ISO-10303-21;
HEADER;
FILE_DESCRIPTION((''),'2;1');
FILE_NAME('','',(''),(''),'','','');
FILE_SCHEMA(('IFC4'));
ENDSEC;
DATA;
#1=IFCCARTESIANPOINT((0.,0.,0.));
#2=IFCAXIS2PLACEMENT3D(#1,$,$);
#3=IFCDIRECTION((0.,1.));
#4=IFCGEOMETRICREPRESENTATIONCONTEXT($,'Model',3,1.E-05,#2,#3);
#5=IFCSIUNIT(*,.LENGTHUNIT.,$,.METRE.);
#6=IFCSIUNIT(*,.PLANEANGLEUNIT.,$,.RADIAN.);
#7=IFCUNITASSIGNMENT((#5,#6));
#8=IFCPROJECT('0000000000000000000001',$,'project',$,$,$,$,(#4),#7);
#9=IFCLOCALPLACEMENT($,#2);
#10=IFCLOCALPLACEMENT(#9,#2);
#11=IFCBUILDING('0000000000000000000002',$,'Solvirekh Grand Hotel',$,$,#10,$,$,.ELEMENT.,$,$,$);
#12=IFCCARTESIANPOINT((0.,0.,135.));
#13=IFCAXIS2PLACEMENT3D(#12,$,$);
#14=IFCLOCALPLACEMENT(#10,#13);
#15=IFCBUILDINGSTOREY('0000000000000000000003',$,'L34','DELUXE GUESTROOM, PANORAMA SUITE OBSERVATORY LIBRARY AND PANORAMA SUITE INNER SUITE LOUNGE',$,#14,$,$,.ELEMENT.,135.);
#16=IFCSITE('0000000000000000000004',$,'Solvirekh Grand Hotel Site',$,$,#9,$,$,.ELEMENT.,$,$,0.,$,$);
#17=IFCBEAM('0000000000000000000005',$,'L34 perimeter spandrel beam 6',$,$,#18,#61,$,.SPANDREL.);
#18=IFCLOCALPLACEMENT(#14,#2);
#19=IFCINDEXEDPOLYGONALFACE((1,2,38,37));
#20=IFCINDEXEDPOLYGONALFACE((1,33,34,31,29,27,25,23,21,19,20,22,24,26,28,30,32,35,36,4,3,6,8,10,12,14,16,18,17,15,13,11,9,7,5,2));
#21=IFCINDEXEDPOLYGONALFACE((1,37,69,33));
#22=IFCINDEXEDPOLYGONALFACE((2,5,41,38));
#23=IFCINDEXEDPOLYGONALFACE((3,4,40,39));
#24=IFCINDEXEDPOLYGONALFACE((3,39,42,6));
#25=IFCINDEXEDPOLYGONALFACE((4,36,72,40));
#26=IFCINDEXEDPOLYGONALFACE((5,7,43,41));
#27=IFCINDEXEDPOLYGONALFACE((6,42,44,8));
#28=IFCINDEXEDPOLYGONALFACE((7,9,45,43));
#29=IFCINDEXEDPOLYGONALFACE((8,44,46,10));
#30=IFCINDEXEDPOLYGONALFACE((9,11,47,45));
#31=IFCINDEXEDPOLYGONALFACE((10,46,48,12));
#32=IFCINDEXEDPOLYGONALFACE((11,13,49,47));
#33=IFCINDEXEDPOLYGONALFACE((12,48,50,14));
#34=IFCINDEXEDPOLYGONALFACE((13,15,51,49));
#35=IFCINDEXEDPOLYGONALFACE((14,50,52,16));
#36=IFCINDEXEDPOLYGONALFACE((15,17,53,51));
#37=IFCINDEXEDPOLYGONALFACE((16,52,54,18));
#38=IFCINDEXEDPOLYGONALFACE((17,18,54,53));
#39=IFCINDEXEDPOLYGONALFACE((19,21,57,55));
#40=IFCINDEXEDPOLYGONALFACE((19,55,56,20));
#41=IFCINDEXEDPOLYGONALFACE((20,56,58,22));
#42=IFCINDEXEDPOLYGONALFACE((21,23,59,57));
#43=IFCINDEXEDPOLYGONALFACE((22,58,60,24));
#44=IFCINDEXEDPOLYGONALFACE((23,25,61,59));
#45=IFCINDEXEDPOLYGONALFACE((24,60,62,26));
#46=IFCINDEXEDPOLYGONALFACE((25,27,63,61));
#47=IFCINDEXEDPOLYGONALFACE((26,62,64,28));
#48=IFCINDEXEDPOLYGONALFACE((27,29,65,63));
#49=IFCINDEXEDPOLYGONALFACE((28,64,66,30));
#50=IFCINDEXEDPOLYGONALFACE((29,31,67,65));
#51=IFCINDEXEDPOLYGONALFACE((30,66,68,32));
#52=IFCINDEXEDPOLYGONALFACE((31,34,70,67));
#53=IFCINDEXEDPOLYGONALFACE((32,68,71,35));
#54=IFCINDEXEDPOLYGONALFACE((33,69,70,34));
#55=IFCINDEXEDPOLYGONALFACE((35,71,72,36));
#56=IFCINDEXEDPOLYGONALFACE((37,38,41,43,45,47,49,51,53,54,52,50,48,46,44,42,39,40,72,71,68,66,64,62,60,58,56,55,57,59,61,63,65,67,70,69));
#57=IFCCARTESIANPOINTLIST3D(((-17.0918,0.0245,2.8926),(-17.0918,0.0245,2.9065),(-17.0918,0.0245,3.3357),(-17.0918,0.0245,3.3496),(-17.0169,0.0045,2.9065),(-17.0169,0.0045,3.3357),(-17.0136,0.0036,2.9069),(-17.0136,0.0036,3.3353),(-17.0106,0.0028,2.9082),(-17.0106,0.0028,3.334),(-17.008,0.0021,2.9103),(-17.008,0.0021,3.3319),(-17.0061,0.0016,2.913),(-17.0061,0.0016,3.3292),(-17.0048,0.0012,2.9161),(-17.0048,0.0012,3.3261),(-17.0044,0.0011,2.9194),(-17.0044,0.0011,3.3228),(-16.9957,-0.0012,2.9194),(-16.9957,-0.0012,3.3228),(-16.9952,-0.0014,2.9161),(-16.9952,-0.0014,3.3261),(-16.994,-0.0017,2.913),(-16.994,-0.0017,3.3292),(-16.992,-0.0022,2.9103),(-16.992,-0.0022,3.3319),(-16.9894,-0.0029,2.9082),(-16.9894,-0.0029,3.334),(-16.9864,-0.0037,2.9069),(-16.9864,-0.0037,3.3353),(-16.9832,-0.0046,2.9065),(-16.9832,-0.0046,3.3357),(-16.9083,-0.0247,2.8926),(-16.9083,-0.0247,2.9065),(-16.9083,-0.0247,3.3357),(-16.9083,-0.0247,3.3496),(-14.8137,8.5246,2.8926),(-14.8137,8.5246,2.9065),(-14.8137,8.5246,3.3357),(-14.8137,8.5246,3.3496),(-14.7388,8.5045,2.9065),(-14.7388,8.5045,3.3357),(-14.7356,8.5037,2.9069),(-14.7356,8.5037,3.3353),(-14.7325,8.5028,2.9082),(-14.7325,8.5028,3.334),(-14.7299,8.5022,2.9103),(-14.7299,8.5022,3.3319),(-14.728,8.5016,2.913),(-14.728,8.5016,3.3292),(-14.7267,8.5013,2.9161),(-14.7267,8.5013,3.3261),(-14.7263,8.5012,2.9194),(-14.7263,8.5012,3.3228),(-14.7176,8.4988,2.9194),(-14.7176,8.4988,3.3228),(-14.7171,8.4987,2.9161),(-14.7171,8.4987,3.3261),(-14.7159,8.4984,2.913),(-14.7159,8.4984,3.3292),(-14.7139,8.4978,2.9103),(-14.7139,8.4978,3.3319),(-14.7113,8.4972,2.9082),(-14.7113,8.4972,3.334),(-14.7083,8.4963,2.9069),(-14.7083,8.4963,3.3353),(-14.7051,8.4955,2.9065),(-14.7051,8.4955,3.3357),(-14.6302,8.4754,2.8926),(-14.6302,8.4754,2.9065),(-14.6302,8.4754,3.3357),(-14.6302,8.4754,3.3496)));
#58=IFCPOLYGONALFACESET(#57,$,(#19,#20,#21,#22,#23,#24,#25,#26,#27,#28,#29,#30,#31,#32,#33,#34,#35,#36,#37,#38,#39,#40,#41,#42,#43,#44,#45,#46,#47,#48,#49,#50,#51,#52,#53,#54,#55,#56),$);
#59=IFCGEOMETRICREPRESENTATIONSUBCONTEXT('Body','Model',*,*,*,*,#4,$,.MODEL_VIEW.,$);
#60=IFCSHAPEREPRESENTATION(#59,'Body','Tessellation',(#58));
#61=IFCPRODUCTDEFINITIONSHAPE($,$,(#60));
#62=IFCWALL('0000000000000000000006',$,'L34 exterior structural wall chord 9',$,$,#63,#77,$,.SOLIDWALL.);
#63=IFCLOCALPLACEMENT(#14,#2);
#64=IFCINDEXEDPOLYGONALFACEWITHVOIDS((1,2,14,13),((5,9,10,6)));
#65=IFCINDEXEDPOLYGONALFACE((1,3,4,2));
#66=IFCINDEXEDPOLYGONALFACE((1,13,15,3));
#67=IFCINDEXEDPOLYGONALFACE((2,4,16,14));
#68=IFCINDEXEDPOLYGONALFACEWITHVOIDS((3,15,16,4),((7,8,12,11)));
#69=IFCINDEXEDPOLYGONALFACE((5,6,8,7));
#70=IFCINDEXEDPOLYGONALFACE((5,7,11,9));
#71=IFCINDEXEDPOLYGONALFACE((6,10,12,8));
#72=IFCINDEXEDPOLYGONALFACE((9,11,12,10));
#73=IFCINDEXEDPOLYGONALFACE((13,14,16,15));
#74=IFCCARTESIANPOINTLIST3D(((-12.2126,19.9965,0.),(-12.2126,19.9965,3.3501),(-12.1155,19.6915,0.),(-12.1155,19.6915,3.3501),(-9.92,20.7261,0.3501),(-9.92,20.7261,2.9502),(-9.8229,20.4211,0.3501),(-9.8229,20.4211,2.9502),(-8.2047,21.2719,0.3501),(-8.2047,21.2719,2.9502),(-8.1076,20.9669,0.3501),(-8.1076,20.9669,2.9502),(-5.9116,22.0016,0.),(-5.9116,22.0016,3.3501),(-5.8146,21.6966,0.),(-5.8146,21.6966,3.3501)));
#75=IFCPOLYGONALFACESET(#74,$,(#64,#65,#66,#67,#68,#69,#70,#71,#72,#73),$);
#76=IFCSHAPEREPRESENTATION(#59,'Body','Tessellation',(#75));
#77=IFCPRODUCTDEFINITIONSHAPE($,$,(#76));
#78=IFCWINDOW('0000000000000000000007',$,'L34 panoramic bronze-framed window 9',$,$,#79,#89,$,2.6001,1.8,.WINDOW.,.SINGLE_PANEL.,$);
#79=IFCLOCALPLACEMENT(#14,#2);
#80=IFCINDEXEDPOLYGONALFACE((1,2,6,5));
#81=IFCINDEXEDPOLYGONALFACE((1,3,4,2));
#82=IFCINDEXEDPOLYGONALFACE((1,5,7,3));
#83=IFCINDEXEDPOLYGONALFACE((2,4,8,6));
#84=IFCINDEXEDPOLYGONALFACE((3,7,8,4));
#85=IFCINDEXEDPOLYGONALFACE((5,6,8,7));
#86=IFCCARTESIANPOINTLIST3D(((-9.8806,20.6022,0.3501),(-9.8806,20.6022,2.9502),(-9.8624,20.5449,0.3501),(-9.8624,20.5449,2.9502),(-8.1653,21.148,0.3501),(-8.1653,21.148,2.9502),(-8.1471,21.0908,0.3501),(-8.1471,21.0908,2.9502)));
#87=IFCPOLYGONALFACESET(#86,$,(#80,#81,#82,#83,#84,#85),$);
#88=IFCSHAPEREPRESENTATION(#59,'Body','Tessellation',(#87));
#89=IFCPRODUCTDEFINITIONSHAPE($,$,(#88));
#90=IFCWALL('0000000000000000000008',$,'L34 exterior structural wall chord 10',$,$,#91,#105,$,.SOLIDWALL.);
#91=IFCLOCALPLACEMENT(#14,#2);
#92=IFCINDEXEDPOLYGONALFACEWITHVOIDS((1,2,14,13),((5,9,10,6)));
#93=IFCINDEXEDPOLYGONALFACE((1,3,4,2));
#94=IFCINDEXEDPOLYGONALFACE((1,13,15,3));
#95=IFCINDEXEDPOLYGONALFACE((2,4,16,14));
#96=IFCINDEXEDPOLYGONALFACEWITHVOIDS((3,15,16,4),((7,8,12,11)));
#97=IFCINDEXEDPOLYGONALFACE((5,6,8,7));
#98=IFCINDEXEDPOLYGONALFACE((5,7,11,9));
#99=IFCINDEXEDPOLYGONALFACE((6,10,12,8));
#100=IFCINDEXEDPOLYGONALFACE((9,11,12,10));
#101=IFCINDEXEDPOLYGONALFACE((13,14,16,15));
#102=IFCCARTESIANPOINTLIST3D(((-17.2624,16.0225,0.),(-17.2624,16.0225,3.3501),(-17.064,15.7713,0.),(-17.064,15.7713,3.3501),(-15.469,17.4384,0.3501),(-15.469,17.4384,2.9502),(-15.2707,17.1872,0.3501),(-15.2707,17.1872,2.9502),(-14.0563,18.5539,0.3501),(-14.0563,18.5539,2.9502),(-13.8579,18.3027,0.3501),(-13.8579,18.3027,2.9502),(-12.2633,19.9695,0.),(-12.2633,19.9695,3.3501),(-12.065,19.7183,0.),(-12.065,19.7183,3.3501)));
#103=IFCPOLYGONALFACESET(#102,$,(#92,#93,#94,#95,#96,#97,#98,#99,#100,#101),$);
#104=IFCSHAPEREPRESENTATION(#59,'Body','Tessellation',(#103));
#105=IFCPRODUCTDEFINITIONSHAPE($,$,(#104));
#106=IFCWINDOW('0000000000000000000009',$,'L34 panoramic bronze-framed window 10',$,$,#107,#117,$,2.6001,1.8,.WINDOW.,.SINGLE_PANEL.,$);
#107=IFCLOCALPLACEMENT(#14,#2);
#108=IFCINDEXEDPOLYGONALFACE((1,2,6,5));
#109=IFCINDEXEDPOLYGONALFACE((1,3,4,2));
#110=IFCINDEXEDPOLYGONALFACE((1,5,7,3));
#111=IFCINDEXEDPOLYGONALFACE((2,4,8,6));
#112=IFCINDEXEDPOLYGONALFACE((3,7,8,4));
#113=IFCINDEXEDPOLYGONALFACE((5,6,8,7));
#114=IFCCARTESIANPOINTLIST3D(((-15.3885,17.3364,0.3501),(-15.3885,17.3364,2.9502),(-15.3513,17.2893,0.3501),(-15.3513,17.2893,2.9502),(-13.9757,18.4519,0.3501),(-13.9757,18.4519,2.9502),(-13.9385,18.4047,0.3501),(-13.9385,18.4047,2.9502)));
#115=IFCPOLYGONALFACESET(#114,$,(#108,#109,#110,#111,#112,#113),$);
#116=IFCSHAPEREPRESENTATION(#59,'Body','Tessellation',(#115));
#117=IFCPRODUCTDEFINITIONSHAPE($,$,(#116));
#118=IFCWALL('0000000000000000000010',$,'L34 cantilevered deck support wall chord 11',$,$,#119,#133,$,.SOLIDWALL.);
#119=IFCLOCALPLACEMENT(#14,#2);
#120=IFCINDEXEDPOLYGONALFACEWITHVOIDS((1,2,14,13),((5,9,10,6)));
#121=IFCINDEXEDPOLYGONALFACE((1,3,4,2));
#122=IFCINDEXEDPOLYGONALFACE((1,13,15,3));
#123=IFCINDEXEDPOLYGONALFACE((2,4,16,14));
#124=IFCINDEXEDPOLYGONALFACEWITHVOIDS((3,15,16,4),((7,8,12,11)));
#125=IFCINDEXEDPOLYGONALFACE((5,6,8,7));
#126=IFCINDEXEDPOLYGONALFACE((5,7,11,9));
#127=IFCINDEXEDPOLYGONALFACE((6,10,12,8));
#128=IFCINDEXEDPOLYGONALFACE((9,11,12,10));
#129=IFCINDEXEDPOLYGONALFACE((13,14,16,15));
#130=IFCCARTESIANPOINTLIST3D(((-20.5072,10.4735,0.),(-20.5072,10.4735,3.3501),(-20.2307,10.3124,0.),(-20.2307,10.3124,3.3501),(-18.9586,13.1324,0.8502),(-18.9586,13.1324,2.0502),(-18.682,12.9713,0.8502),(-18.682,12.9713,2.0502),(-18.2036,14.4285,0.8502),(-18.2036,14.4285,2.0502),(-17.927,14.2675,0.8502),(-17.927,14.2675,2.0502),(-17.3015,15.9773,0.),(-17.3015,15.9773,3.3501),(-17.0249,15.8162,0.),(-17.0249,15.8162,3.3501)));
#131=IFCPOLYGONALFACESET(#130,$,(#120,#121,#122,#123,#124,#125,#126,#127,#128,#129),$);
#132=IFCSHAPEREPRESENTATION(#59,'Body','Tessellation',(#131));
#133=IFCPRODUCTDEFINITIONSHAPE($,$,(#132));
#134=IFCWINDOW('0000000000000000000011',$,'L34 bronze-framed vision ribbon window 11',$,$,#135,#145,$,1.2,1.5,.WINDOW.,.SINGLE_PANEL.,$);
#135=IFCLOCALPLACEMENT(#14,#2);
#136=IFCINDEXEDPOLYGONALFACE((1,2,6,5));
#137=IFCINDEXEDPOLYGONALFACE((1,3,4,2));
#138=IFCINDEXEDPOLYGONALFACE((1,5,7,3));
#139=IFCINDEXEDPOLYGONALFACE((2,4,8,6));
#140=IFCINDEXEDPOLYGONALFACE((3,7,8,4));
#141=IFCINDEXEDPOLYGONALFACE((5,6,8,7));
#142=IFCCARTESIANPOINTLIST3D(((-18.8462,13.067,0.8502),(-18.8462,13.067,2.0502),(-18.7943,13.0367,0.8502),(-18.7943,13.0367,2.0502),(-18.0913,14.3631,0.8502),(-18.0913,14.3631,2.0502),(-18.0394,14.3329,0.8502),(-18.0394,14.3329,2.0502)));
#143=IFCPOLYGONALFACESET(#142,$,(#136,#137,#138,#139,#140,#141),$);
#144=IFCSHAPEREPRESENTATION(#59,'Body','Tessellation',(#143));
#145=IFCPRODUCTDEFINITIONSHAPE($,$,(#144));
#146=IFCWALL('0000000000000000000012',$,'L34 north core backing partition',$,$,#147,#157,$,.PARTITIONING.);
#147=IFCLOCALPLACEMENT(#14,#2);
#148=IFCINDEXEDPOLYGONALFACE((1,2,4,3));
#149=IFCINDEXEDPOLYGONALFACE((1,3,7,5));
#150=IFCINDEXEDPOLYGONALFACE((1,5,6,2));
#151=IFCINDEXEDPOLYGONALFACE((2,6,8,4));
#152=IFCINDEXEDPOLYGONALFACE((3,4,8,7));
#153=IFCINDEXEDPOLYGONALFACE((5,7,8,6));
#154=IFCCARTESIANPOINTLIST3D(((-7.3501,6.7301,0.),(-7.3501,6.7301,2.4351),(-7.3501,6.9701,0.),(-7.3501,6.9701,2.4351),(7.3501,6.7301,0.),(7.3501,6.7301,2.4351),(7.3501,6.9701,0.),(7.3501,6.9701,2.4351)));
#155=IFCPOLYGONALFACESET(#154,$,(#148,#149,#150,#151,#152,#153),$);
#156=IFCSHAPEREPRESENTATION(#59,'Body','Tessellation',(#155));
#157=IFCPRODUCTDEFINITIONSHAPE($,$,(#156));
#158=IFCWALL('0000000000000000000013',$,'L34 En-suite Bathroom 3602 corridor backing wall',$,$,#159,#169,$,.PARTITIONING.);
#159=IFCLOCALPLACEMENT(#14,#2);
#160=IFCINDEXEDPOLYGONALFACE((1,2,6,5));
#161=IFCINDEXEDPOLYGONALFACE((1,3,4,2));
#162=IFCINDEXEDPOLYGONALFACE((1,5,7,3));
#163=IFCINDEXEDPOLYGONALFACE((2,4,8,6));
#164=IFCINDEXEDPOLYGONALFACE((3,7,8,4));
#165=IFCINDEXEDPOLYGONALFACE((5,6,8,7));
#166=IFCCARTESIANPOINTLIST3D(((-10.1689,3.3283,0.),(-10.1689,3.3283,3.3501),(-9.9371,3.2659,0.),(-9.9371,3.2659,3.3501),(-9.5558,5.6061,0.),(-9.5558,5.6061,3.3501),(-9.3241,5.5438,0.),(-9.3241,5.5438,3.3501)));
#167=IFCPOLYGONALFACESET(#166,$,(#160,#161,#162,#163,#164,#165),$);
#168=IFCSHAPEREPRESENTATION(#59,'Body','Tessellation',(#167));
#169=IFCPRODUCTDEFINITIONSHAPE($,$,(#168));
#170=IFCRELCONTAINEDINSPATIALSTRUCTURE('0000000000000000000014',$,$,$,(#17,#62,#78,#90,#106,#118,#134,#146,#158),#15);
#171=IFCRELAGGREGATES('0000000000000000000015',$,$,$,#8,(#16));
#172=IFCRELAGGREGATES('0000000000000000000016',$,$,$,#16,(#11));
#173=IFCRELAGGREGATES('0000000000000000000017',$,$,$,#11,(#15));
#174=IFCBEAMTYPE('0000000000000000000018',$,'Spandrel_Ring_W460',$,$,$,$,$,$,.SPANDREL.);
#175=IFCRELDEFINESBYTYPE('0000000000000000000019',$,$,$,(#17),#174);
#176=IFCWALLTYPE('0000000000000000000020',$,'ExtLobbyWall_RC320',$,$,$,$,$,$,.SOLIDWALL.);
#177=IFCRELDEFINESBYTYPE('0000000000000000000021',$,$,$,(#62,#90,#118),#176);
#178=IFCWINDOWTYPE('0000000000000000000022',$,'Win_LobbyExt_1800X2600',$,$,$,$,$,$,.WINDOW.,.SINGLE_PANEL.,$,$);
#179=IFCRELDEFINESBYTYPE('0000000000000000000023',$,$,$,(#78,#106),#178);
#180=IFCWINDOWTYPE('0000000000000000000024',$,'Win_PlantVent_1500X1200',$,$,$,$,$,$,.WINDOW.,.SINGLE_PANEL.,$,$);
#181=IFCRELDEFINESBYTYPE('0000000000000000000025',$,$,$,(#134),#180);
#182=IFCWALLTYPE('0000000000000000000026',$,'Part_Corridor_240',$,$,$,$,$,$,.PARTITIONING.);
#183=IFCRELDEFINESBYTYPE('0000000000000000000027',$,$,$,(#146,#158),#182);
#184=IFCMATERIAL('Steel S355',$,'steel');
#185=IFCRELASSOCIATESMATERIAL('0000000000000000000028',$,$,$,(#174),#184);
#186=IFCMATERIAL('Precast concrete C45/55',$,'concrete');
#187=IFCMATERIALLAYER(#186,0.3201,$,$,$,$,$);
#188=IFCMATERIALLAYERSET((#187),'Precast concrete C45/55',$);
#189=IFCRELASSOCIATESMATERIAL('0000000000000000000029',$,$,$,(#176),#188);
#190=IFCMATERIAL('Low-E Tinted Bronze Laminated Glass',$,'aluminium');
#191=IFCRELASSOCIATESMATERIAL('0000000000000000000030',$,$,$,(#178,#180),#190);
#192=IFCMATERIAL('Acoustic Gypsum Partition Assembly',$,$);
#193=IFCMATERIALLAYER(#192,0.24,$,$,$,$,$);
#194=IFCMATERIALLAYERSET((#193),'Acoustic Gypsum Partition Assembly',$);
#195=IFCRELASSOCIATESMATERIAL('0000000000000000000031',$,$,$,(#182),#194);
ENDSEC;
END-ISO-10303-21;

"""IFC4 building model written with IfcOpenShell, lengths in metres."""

from ifc_helpers import new_model, si_unit, direction, frame, frame_2d, origin, origin_2d, place, context, subcontext, project, spatial, rectangle, i_section, extrude, material, layer, layer_set, material_profile, profile_set, type_object, element, fill, save


model = new_model("IFC4")

# Units and contexts
model_context = context("Model", 3, precision=1e-05, world=origin(), true_north=direction((0.0, 1.0)))
body_context = subcontext(model_context, "Body", "Model", "MODEL_VIEW")
ifc_project = project(units=[si_unit("LENGTHUNIT", "METRE"), si_unit("PLANEANGLEUNIT", "RADIAN")], contexts=[model_context])

# Site, building, storey
site_placement = place(None, origin())
site = spatial("IfcSite", under=ifc_project, at=site_placement, Name="Solvirekh Grand Hotel Site", CompositionType="ELEMENT", RefElevation=0.0)
building_placement = place(site_placement, origin())
building = spatial("IfcBuilding", under=site, at=building_placement, Name="Solvirekh Grand Hotel", CompositionType="ELEMENT")
storey_placement = place(building_placement, frame((0.0, 0.0, 135.0)))
storey = spatial("IfcBuildingStorey", under=building, at=storey_placement, Name="L34", Description="DELUXE GUESTROOM, PANORAMA SUITE OBSERVATORY LIBRARY AND PANORAMA SUITE INNER SUITE LOUNGE", CompositionType="ELEMENT", Elevation=135.0)

# Beam
ifc_material_1 = material(Name="Steel S355", Category="steel")
ifc_material_profile_1 = material_profile(ifc_material_1, i_section(OverallWidth=0.1899, OverallDepth=0.457, WebThickness=0.009, FlangeThickness=0.0139, FilletRadius=0.0129, at=origin_2d()), Name="W460X74")
ifc_profile_set_1 = profile_set([ifc_material_profile_1], Name="Steel S355")
beam_type_1 = type_object("IfcBeamType", Name="Spandrel_Ring_W460", PredefinedType="SPANDREL", material=ifc_profile_set_1)
beam_1_placement = place(storey_placement, frame((-14.7219, 8.5, 3.1211), z_axis=(-0.258873, -0.965911, 0.0), x_axis=(0.965911, -0.258873, 0.0)))
element("IfcBeam", 1, at=beam_1_placement, inside=storey, type_object=beam_type_1, Name="L34 perimeter spandrel beam 6", PredefinedType="SPANDREL", context=body_context, shape_type="SweptSolid", body=[
    extrude(i_section(OverallWidth=0.1899, OverallDepth=0.457, WebThickness=0.009, FlangeThickness=0.0139, FilletRadius=0.0129, at=origin_2d()), origin(), (0.0, 0.0, 1.0), 8.8),
])

# Walls, openings, windows
ifc_material_2 = material(Name="Precast concrete C45/55", Category="concrete")
ifc_layer_1 = layer(ifc_material_2, 0.3201)
ifc_layer_set_1 = layer_set([ifc_layer_1], Name="Precast concrete C45/55")
wall_type_1 = type_object("IfcWallType", Name="ExtLobbyWall_RC320", PredefinedType="SOLIDWALL", material=ifc_layer_set_1)
wall_1_placement = place(storey_placement, frame((-12.1641, 19.844, 0.0), z_axis=(0.0, 0.0, 1.0), x_axis=(0.952915, 0.303239, 0.0)))
wall_1 = element("IfcWall", 2, at=wall_1_placement, inside=storey, type_object=wall_type_1, Name="L34 exterior structural wall chord 9", PredefinedType="SOLIDWALL", context=body_context, shape_type="SweptSolid", body=[
    extrude(rectangle(XDim=6.6123, YDim=0.3201, at=frame_2d((3.3062, 0.0))), origin(), (0.0, 0.0, 1.0), 3.3501),
])
opening_1_placement = place(wall_1_placement, frame((2.406, 0.0, 0.3501)))
opening_1 = element("IfcOpeningElement", 3, at=opening_1_placement, cuts=wall_1, PredefinedType="OPENING", context=body_context, shape_type="SweptSolid", body=[
    extrude(rectangle(XDim=1.8, YDim=2.6001, at=frame_2d((0.8999, 1.3))), frame((0.0, 0.1699, 0.0), z_axis=(0.0, -1.0, 0.0), x_axis=(1.0, 0.0, 0.0)), (0.0, 0.0, 1.0), 0.3401),
])
ifc_material_3 = material(Name="Low-E Tinted Bronze Laminated Glass", Category="aluminium")
window_type_1 = type_object("IfcWindowType", Name="Win_LobbyExt_1800X2600", PartitioningType="SINGLE_PANEL", PredefinedType="WINDOW", material=ifc_material_3)
window_1_placement = place(opening_1_placement, origin())
window_1 = element("IfcWindow", 4, at=window_1_placement, inside=storey, type_object=window_type_1, Name="L34 panoramic bronze-framed window 9", OverallHeight=2.6001, OverallWidth=1.8, PartitioningType="SINGLE_PANEL", PredefinedType="WINDOW", context=body_context, shape_type="SweptSolid", body=[
    extrude(rectangle(XDim=1.8, YDim=2.6001, at=frame_2d((0.8999, 1.3))), frame((0.0, 0.03, 0.0), z_axis=(0.0, -1.0, 0.0), x_axis=(1.0, 0.0, 0.0)), (0.0, 0.0, 1.0), 0.0601),
])
fill(opening_1, window_1)
wall_2_placement = place(storey_placement, frame((-17.1631, 15.897, 0.0), z_axis=(0.0, 0.0, 1.0), x_axis=(0.78485, 0.619685, 0.0)))
wall_2 = element("IfcWall", 5, at=wall_2_placement, inside=storey, type_object=wall_type_1, Name="L34 exterior structural wall chord 10", PredefinedType="SOLIDWALL", context=body_context, shape_type="SweptSolid", body=[
    extrude(rectangle(XDim=6.3694, YDim=0.3201, at=frame_2d((3.1846, 0.0))), origin(), (0.0, 0.0, 1.0), 3.3501),
])
opening_2_placement = place(wall_2_placement, frame((2.2849, 0.0, 0.3501)))
opening_2 = element("IfcOpeningElement", 6, at=opening_2_placement, cuts=wall_2, PredefinedType="OPENING", context=body_context, shape_type="SweptSolid", body=[
    extrude(rectangle(XDim=1.8, YDim=2.6001, at=frame_2d((0.8999, 1.3))), frame((0.0, 0.1699, 0.0), z_axis=(0.0, -1.0, 0.0), x_axis=(1.0, 0.0, 0.0)), (0.0, 0.0, 1.0), 0.3401),
])
window_2_placement = place(opening_2_placement, origin())
window_2 = element("IfcWindow", 7, at=window_2_placement, inside=storey, type_object=window_type_1, Name="L34 panoramic bronze-framed window 10", OverallHeight=2.6001, OverallWidth=1.8, PartitioningType="SINGLE_PANEL", PredefinedType="WINDOW", context=body_context, shape_type="SweptSolid", body=[
    extrude(rectangle(XDim=1.8, YDim=2.6001, at=frame_2d((0.8999, 1.3))), frame((0.0, 0.03, 0.0), z_axis=(0.0, -1.0, 0.0), x_axis=(1.0, 0.0, 0.0)), (0.0, 0.0, 1.0), 0.0601),
])
fill(opening_2, window_2)
wall_3_placement = place(storey_placement, frame((-20.3689, 10.3931, 0.0), z_axis=(0.0, 0.0, 1.0), x_axis=(0.503308, 0.864107, 0.0)))
wall_3 = element("IfcWall", 8, at=wall_3_placement, inside=storey, type_object=wall_type_1, Name="L34 cantilevered deck support wall chord 11", PredefinedType="SOLIDWALL", context=body_context, shape_type="SweptSolid", body=[
    extrude(rectangle(XDim=6.3694, YDim=0.3201, at=frame_2d((3.1846, 0.0))), origin(), (0.0, 0.0, 1.0), 3.3501),
])
opening_3_placement = place(wall_3_placement, frame((3.0769, 0.0, 0.8501)))
opening_3 = element("IfcOpeningElement", 9, at=opening_3_placement, cuts=wall_3, PredefinedType="OPENING", context=body_context, shape_type="SweptSolid", body=[
    extrude(rectangle(XDim=1.5, YDim=1.2, at=frame_2d((0.75, 0.6001))), frame((0.0, 0.1699, 0.0), z_axis=(0.0, -1.0, 0.0), x_axis=(1.0, 0.0, 0.0)), (0.0, 0.0, 1.0), 0.3401),
])
window_type_2 = type_object("IfcWindowType", Name="Win_PlantVent_1500X1200", PartitioningType="SINGLE_PANEL", PredefinedType="WINDOW", material=ifc_material_3)
window_3_placement = place(opening_3_placement, origin())
window_3 = element("IfcWindow", 10, at=window_3_placement, inside=storey, type_object=window_type_2, Name="L34 bronze-framed vision ribbon window 11", OverallHeight=1.2, OverallWidth=1.5, PartitioningType="SINGLE_PANEL", PredefinedType="WINDOW", context=body_context, shape_type="SweptSolid", body=[
    extrude(rectangle(XDim=1.5, YDim=1.2, at=frame_2d((0.75, 0.6001))), frame((0.0, 0.03, 0.0), z_axis=(0.0, -1.0, 0.0), x_axis=(1.0, 0.0, 0.0)), (0.0, 0.0, 1.0), 0.0601),
])
fill(opening_3, window_3)

# Walls
ifc_material_4 = material(Name="Acoustic Gypsum Partition Assembly")
ifc_layer_2 = layer(ifc_material_4, 0.24)
ifc_layer_set_2 = layer_set([ifc_layer_2], Name="Acoustic Gypsum Partition Assembly")
wall_type_2 = type_object("IfcWallType", Name="Part_Corridor_240", PredefinedType="PARTITIONING", material=ifc_layer_set_2)
wall_4_placement = place(storey_placement, frame((-7.3501, 6.8501, 0.0), z_axis=(0.0, 0.0, 1.0), x_axis=(1.0, 0.0, 0.0)))
element("IfcWall", 11, at=wall_4_placement, inside=storey, type_object=wall_type_2, Name="L34 north core backing partition", PredefinedType="PARTITIONING", context=body_context, shape_type="SweptSolid", body=[
    extrude(rectangle(XDim=14.7002, YDim=0.24, at=frame_2d((7.3501, 0.0))), origin(), (0.0, 0.0, 1.0), 2.4351),
])
wall_5_placement = place(storey_placement, frame((-9.4399, 5.575, 0.0), z_axis=(0.0, 0.0, 1.0), x_axis=(-0.259884, -0.96564, 0.0)))
element("IfcWall", 12, at=wall_5_placement, inside=storey, type_object=wall_type_2, Name="L34 En-suite Bathroom 3602 corridor backing wall", PredefinedType="PARTITIONING", context=body_context, shape_type="SweptSolid", body=[
    extrude(rectangle(XDim=2.3589, YDim=0.24, at=frame_2d((1.1794, 0.0))), origin(), (0.0, 0.0, 1.0), 3.3501),
])

save(model, "model.ifc")
